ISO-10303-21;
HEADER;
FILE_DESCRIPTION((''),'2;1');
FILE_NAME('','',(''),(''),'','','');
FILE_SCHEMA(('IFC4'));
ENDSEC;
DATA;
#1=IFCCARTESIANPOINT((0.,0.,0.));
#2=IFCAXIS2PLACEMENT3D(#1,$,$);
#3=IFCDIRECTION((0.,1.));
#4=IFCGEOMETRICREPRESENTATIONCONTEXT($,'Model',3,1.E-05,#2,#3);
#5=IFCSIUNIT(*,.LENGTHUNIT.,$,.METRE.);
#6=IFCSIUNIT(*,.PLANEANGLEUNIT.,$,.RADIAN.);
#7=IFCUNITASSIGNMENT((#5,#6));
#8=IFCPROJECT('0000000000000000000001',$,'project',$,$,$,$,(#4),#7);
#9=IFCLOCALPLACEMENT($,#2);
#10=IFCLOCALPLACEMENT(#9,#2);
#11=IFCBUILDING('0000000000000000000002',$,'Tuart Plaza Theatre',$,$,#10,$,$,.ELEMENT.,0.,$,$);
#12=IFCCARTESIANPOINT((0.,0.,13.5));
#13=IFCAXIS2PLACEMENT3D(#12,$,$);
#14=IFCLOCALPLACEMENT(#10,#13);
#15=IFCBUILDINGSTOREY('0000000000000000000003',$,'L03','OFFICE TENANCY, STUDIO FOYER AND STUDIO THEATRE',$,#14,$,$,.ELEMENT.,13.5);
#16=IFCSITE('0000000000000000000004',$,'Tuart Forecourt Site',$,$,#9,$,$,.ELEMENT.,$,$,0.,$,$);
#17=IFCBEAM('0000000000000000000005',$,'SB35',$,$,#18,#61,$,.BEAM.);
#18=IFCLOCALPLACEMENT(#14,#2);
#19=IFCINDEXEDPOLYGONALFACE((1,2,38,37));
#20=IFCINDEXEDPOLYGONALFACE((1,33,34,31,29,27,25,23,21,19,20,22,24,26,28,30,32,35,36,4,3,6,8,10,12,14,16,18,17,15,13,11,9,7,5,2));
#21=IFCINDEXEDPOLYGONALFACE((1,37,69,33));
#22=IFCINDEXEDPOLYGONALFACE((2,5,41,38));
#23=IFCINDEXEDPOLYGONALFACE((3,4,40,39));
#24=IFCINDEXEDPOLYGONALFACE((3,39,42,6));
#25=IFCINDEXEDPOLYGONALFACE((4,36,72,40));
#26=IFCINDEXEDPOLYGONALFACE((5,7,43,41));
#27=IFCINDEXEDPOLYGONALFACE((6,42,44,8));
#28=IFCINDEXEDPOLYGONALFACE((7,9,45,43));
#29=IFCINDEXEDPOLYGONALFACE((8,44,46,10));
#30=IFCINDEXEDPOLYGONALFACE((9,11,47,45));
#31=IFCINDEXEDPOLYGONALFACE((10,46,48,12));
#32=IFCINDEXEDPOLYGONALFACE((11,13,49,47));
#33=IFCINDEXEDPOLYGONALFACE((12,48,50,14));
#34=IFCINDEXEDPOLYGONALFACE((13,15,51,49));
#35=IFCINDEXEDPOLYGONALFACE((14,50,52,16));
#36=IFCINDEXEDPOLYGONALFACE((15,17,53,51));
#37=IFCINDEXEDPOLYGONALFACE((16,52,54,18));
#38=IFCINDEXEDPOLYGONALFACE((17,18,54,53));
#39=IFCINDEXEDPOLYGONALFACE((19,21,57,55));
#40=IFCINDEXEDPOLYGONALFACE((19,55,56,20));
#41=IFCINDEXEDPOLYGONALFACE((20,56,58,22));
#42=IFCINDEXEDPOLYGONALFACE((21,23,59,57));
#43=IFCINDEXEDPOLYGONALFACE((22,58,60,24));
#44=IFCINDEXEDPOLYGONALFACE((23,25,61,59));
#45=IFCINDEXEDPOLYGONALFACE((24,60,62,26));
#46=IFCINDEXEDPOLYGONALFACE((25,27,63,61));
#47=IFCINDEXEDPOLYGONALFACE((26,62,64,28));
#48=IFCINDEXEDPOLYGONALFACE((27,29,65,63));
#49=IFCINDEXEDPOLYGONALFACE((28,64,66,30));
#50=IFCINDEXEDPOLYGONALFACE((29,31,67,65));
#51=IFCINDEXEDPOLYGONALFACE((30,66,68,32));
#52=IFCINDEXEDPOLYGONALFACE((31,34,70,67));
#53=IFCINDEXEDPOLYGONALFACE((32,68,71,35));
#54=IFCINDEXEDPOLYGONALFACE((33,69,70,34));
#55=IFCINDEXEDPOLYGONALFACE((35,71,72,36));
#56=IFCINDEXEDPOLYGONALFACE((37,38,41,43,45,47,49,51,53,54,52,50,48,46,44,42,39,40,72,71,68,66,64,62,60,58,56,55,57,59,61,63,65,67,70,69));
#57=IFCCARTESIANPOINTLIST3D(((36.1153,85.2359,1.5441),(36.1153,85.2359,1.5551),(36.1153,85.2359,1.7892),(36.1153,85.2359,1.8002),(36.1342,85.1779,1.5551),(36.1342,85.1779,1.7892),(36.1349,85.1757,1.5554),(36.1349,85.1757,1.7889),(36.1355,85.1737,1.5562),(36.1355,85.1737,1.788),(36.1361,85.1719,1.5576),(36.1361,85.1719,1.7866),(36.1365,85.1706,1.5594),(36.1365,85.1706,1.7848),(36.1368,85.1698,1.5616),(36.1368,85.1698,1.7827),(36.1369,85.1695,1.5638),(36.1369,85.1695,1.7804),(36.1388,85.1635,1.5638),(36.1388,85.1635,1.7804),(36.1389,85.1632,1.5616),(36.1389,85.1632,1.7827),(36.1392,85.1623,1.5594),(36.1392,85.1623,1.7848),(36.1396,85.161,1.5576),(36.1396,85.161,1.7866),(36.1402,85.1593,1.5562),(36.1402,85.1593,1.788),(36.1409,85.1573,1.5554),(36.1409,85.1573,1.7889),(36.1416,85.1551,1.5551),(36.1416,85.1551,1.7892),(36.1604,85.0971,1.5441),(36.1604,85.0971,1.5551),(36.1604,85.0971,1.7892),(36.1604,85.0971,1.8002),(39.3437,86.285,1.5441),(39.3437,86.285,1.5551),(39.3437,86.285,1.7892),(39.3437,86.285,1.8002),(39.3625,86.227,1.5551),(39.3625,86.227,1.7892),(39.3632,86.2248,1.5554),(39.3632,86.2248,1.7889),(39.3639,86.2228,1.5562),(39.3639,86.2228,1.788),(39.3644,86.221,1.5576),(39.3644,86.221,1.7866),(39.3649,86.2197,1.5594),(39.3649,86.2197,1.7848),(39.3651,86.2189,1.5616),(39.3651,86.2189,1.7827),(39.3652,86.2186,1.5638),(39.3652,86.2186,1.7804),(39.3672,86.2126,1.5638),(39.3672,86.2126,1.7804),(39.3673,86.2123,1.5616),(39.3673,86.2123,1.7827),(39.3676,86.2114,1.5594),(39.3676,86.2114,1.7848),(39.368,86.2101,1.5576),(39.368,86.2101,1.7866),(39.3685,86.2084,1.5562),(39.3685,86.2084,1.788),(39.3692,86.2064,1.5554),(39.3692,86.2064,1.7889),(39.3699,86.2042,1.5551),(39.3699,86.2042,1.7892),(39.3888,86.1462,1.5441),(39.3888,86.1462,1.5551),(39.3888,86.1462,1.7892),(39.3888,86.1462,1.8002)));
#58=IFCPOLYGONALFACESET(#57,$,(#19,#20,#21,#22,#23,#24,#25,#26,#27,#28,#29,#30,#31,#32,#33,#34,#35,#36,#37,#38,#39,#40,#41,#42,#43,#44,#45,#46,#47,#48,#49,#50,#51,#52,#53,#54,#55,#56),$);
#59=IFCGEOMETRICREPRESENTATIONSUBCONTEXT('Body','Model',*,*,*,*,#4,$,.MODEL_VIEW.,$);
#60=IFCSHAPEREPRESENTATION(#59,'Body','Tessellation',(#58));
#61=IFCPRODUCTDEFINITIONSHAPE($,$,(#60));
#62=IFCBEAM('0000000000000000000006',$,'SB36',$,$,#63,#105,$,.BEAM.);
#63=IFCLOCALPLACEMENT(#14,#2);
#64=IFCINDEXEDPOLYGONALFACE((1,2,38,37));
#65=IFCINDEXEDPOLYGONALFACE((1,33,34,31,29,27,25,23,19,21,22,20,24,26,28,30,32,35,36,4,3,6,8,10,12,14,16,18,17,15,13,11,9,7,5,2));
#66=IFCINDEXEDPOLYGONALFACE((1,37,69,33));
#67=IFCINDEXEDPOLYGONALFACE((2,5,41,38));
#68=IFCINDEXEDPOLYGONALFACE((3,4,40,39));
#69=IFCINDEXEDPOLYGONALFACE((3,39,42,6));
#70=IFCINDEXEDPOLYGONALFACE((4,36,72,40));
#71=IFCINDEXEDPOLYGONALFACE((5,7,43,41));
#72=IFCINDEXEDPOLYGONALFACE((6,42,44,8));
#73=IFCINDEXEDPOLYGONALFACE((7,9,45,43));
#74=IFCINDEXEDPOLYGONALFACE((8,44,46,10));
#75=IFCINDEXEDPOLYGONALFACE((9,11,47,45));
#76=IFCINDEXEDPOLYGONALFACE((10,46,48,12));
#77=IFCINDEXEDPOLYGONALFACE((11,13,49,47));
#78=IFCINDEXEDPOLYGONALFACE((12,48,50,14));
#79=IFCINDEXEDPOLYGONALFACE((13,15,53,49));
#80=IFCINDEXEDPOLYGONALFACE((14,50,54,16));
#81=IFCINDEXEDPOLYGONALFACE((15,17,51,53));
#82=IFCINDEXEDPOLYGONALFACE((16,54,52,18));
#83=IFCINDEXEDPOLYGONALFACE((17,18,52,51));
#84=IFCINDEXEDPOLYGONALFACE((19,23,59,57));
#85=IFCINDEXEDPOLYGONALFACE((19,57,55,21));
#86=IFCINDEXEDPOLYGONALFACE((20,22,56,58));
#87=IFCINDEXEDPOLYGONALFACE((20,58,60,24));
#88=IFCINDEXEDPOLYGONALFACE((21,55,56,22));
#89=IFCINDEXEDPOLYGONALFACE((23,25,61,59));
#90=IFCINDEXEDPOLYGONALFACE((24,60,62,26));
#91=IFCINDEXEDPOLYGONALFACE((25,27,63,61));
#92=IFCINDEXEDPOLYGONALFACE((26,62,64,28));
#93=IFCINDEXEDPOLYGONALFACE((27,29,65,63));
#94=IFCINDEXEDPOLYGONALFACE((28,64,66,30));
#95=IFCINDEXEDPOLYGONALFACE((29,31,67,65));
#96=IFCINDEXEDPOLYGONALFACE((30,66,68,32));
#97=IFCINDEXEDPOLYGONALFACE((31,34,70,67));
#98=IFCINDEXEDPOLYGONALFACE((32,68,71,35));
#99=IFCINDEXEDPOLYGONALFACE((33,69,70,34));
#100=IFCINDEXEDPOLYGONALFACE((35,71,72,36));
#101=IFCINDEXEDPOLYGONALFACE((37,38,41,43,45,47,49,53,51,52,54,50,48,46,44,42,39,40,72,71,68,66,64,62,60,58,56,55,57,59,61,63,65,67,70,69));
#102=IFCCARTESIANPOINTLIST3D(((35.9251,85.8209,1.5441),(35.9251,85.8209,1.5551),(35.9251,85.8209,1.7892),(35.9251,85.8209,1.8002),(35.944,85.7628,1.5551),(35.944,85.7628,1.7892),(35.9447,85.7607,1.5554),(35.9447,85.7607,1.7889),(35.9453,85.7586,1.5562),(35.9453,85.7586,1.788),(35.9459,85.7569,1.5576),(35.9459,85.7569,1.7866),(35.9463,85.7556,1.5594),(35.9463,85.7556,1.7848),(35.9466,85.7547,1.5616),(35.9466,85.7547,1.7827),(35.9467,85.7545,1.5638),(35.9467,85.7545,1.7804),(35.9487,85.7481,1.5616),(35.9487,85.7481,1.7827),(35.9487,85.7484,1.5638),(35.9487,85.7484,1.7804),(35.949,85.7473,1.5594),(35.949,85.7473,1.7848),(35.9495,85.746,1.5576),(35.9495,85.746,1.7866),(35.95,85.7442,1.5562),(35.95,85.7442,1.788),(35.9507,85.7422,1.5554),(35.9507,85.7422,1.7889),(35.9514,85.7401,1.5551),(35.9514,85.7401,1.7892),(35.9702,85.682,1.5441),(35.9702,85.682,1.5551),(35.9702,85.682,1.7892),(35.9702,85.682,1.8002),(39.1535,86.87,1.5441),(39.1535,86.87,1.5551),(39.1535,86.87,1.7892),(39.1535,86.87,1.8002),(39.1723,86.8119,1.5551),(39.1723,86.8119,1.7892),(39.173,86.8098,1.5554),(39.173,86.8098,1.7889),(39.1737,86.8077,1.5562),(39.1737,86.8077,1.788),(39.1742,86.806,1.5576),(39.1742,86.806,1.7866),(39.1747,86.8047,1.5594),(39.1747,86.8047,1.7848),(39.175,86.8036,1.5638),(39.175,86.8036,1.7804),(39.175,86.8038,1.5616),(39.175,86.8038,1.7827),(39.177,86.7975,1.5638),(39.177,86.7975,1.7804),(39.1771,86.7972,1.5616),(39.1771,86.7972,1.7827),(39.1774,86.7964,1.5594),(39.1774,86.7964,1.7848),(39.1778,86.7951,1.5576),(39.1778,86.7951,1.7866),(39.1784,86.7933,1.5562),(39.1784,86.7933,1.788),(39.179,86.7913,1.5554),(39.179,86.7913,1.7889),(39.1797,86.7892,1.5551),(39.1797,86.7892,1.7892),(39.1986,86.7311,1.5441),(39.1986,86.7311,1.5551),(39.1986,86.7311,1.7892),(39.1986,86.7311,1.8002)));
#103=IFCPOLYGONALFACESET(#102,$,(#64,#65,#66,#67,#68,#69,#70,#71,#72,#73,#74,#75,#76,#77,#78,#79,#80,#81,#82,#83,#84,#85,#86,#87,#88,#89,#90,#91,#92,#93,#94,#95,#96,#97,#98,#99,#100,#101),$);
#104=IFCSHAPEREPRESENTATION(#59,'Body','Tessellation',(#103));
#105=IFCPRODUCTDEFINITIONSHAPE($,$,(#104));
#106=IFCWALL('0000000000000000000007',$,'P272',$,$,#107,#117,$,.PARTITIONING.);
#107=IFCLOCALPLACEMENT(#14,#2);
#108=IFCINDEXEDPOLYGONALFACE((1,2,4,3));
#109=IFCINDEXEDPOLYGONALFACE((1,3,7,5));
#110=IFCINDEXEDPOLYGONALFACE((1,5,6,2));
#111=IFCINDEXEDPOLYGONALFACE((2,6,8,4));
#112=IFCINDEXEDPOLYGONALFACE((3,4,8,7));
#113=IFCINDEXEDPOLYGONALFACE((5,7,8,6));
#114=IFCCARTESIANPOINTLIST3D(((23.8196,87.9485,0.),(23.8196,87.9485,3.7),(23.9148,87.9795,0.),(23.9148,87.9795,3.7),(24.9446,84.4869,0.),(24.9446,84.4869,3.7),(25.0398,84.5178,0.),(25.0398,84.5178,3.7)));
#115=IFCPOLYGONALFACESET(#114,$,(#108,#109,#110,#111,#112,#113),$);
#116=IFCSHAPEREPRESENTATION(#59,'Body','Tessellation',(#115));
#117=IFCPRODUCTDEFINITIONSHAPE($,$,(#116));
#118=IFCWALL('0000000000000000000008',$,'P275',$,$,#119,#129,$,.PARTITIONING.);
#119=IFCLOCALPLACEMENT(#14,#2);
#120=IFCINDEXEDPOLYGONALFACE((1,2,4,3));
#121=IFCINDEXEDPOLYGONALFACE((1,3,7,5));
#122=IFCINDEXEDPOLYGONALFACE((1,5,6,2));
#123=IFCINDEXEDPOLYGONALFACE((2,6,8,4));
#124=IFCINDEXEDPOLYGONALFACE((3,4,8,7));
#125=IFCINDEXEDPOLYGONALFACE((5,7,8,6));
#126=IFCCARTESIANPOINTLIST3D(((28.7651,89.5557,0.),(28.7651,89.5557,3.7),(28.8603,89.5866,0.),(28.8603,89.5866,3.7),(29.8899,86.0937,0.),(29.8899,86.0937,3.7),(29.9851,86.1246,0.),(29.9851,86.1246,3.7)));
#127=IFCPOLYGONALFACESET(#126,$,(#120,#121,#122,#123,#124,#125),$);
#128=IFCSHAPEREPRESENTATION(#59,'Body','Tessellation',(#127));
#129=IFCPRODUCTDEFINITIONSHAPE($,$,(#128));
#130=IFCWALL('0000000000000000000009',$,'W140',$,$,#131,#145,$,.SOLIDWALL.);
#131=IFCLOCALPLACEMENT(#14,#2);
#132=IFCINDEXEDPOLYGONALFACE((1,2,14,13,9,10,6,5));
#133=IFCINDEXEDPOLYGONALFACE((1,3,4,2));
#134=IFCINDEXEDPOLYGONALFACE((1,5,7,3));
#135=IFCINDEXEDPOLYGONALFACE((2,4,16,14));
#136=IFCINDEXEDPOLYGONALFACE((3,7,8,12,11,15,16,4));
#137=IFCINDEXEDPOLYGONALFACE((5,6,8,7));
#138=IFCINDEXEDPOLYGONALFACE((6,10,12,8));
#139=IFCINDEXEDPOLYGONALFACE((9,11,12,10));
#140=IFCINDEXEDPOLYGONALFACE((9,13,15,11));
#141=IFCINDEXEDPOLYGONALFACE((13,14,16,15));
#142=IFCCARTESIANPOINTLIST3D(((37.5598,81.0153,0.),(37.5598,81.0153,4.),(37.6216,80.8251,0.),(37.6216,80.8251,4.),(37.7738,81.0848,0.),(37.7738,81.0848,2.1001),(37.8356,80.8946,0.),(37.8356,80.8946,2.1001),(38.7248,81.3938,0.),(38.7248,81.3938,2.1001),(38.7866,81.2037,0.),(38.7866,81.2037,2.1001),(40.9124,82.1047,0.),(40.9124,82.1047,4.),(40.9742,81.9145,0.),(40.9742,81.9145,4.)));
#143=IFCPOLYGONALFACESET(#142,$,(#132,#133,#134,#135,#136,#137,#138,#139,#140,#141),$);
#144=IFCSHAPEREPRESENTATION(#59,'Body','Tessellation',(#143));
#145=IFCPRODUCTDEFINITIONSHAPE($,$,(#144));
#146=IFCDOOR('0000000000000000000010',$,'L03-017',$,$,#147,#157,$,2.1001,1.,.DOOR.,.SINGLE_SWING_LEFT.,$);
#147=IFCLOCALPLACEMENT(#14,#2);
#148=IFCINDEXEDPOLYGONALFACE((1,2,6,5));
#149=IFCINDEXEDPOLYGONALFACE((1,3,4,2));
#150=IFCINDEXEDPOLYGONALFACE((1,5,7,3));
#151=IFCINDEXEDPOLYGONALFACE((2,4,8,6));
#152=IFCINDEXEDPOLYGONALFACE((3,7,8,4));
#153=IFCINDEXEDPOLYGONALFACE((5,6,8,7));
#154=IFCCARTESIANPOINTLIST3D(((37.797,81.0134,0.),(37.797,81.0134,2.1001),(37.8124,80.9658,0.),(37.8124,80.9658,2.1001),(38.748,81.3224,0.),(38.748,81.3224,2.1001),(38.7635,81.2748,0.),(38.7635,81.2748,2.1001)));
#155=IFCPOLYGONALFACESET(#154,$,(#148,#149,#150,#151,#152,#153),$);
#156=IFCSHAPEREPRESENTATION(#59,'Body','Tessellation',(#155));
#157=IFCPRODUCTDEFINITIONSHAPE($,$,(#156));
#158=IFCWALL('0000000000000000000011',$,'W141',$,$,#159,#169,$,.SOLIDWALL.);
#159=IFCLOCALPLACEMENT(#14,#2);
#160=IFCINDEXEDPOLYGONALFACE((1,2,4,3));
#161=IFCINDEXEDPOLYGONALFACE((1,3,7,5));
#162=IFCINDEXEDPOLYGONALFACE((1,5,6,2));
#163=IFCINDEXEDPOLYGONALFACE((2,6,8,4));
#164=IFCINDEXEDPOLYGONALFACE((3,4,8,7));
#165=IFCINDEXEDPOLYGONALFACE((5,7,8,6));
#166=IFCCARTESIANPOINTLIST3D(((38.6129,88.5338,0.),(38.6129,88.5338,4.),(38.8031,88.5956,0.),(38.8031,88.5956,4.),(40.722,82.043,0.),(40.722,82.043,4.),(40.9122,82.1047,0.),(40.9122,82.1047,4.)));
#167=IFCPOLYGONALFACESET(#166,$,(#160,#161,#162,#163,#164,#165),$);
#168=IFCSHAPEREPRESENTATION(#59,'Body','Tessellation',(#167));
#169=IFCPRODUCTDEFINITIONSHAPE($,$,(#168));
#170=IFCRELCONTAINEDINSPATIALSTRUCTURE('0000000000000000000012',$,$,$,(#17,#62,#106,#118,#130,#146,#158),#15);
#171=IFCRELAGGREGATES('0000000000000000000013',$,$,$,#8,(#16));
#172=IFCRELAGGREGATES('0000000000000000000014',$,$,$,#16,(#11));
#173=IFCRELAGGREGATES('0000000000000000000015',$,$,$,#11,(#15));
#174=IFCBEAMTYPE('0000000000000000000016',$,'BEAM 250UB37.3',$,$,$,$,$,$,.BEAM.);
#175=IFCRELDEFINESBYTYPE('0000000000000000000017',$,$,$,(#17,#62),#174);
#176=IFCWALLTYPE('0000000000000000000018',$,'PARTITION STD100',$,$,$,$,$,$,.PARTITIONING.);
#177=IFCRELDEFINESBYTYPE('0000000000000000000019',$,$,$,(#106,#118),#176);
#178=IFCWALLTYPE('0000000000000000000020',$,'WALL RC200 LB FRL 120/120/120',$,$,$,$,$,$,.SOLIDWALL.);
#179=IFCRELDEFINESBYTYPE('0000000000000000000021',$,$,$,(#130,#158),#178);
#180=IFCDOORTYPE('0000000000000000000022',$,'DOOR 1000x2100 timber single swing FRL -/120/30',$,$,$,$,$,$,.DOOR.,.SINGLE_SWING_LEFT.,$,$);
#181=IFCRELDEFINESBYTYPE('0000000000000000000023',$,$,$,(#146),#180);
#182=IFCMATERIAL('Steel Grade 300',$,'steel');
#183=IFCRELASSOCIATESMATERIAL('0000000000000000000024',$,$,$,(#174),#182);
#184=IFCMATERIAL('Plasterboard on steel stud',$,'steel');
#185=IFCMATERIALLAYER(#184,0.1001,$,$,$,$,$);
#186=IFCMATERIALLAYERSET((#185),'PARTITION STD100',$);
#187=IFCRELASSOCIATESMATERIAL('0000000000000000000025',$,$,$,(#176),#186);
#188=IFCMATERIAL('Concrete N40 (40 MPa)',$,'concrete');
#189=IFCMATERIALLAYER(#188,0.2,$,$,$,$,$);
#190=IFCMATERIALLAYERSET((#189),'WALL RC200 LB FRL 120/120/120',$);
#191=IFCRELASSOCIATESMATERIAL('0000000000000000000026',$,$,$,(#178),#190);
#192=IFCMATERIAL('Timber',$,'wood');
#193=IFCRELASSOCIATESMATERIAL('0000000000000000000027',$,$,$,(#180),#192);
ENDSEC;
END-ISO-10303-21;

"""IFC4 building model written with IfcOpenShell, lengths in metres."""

from ifc_helpers import new_model, si_unit, direction, frame, frame_2d, origin, origin_2d, place, context, subcontext, project, spatial, rectangle, i_section, extrude, material, layer, layer_set, material_profile, profile_set, type_object, element, fill, save


model = new_model("IFC4")

# Units and contexts
model_context = context("Model", 3, precision=1e-05, world=origin(), true_north=direction((0.0, 1.0)))
body_context = subcontext(model_context, "Body", "Model", "MODEL_VIEW")
ifc_project = project(units=[si_unit("LENGTHUNIT", "METRE"), si_unit("PLANEANGLEUNIT", "RADIAN")], contexts=[model_context])

# Site, building, storey
site_placement = place(None, origin())
site = spatial("IfcSite", under=ifc_project, at=site_placement, Name="Tuart Forecourt Site", CompositionType="ELEMENT", RefElevation=0.0)
building_placement = place(site_placement, origin())
building = spatial("IfcBuilding", under=site, at=building_placement, Name="Tuart Plaza Theatre", CompositionType="ELEMENT", ElevationOfRefHeight=0.0)
storey_placement = place(building_placement, frame((0.0, 0.0, 13.5)))
storey = spatial("IfcBuildingStorey", under=building, at=storey_placement, Name="L03", Description="OFFICE TENANCY, STUDIO FOYER AND STUDIO THEATRE", CompositionType="ELEMENT", Elevation=13.5)

# Beams
ifc_material_1 = material(Name="Steel Grade 300", Category="steel")
ifc_material_profile_1 = material_profile(ifc_material_1, i_section(OverallWidth=0.146, OverallDepth=0.2561, WebThickness=0.0063, FlangeThickness=0.011, FilletRadius=0.0088, at=origin_2d()), Name="250UB37.3")
ifc_profile_set_1 = profile_set([ifc_material_profile_1], Name="Steel Grade 300")
beam_type = type_object("IfcBeamType", Name="BEAM 250UB37.3", PredefinedType="BEAM", material=ifc_profile_set_1)
for number, where, z_axis, x_axis, name in (
    (1, (39.3662, 86.2156, 1.6721), (-0.951044, -0.309055, 0.0), (0.309055, -0.951044, 0.0), "SB35"),
    (2, (39.176, 86.8005, 1.6721), (-0.951044, -0.309055, 0.0), (0.309055, -0.951044, 0.0), "SB36"),
):
    element("IfcBeam", number, at=place(storey_placement, frame(where, z_axis=z_axis, x_axis=x_axis)), inside=storey, type_object=beam_type, Name=name, PredefinedType="BEAM", context=body_context, shape_type="SweptSolid", body=[
        extrude(i_section(OverallWidth=0.146, OverallDepth=0.2561, WebThickness=0.0063, FlangeThickness=0.011, FilletRadius=0.0088, at=origin_2d()), origin(), (0.0, 0.0, 1.0), 3.3945),
    ])

# Walls
ifc_material_2 = material(Name="Plasterboard on steel stud", Category="steel")
ifc_layer_1 = layer(ifc_material_2, 0.1001)
ifc_layer_set_1 = layer_set([ifc_layer_1], Name="PARTITION STD100")
wall_type_1 = type_object("IfcWallType", Name="PARTITION STD100", PredefinedType="PARTITIONING", material=ifc_layer_set_1)
wall_1_placement = place(storey_placement, frame((24.9922, 84.5024, 0.0), z_axis=(0.0, 0.0, 1.0), x_axis=(-0.309075, 0.951038, 0.0)))
element("IfcWall", 3, at=wall_1_placement, inside=storey, type_object=wall_type_1, Name="P272", PredefinedType="PARTITIONING", context=body_context, shape_type="SweptSolid", body=[
    extrude(rectangle(XDim=3.6399, YDim=0.1001, at=frame_2d((1.8198, 0.0))), origin(), (0.0, 0.0, 1.0), 3.7),
])
wall_2_placement = place(storey_placement, frame((29.9375, 86.1091, 0.0), z_axis=(0.0, 0.0, 1.0), x_axis=(-0.308995, 0.951064, 0.0)))
element("IfcWall", 4, at=wall_2_placement, inside=storey, type_object=wall_type_1, Name="P275", PredefinedType="PARTITIONING", context=body_context, shape_type="SweptSolid", body=[
    extrude(rectangle(XDim=3.6401, YDim=0.1001, at=frame_2d((1.8201, 0.0))), origin(), (0.0, 0.0, 1.0), 3.7),
])

# Wall, opening, door
ifc_material_3 = material(Name="Concrete N40 (40 MPa)", Category="concrete")
ifc_layer_2 = layer(ifc_material_3, 0.2)
ifc_layer_set_2 = layer_set([ifc_layer_2], Name="WALL RC200 LB FRL 120/120/120")
wall_type_2 = type_object("IfcWallType", Name="WALL RC200 LB FRL 120/120/120", PredefinedType="SOLIDWALL", material=ifc_layer_set_2)
wall_3_placement = place(storey_placement, frame((37.5906, 80.9202, 0.0), z_axis=(0.0, 0.0, 1.0), x_axis=(0.951052, 0.30903, 0.0)))
wall_3 = element("IfcWall", 5, at=wall_3_placement, inside=storey, type_object=wall_type_2, Name="W140", PredefinedType="SOLIDWALL", context=body_context, shape_type="SweptSolid", body=[
    extrude(rectangle(XDim=3.5251, YDim=0.2, at=frame_2d((1.7627, 0.0))), origin(), (0.0, 0.0, 1.0), 4.0),
])
opening_1_placement = place(wall_3_placement, frame((0.2251, 0.0, 0.0)))
opening_1 = element("IfcOpeningElement", 6, at=opening_1_placement, cuts=wall_3, PredefinedType="OPENING", context=body_context, shape_type="SweptSolid", body=[
    extrude(rectangle(XDim=1.0, YDim=2.1001, at=frame_2d((0.5, 1.05))), frame((0.0, 0.1099, 0.0), z_axis=(0.0, -1.0, 0.0), x_axis=(1.0, 0.0, 0.0)), (0.0, 0.0, 1.0), 0.22),
])
ifc_material_4 = material(Name="Timber", Category="wood")
door_type_1 = type_object("IfcDoorType", Name="DOOR 1000x2100 timber single swing FRL -/120/30", OperationType="SINGLE_SWING_LEFT", PredefinedType="DOOR", material=ifc_material_4)
door_1_placement = place(opening_1_placement, origin())
door_1 = element("IfcDoor", 7, at=door_1_placement, inside=storey, type_object=door_type_1, Name="L03-017", OperationType="SINGLE_SWING_LEFT", OverallHeight=2.1001, OverallWidth=1.0, PredefinedType="DOOR", context=body_context, shape_type="SweptSolid", body=[
    extrude(rectangle(XDim=1.0, YDim=2.1001, at=frame_2d((0.5, 1.05))), frame((0.0, 0.0249, 0.0), z_axis=(0.0, -1.0, 0.0), x_axis=(1.0, 0.0, 0.0)), (0.0, 0.0, 1.0), 0.05),
])
fill(opening_1, door_1)

# Wall
wall_4_placement = place(storey_placement, frame((40.8171, 82.0737, 0.0), z_axis=(0.0, 0.0, 1.0), x_axis=(-0.309029, 0.951053, 0.0)))
element("IfcWall", 8, at=wall_4_placement, inside=storey, type_object=wall_type_2, Name="W141", PredefinedType="SOLIDWALL", context=body_context, shape_type="SweptSolid", body=[
    extrude(rectangle(XDim=6.825, YDim=0.2, at=frame_2d((3.4126, 0.0))), origin(), (0.0, 0.0, 1.0), 4.0),
])

save(model, "model.ifc")
